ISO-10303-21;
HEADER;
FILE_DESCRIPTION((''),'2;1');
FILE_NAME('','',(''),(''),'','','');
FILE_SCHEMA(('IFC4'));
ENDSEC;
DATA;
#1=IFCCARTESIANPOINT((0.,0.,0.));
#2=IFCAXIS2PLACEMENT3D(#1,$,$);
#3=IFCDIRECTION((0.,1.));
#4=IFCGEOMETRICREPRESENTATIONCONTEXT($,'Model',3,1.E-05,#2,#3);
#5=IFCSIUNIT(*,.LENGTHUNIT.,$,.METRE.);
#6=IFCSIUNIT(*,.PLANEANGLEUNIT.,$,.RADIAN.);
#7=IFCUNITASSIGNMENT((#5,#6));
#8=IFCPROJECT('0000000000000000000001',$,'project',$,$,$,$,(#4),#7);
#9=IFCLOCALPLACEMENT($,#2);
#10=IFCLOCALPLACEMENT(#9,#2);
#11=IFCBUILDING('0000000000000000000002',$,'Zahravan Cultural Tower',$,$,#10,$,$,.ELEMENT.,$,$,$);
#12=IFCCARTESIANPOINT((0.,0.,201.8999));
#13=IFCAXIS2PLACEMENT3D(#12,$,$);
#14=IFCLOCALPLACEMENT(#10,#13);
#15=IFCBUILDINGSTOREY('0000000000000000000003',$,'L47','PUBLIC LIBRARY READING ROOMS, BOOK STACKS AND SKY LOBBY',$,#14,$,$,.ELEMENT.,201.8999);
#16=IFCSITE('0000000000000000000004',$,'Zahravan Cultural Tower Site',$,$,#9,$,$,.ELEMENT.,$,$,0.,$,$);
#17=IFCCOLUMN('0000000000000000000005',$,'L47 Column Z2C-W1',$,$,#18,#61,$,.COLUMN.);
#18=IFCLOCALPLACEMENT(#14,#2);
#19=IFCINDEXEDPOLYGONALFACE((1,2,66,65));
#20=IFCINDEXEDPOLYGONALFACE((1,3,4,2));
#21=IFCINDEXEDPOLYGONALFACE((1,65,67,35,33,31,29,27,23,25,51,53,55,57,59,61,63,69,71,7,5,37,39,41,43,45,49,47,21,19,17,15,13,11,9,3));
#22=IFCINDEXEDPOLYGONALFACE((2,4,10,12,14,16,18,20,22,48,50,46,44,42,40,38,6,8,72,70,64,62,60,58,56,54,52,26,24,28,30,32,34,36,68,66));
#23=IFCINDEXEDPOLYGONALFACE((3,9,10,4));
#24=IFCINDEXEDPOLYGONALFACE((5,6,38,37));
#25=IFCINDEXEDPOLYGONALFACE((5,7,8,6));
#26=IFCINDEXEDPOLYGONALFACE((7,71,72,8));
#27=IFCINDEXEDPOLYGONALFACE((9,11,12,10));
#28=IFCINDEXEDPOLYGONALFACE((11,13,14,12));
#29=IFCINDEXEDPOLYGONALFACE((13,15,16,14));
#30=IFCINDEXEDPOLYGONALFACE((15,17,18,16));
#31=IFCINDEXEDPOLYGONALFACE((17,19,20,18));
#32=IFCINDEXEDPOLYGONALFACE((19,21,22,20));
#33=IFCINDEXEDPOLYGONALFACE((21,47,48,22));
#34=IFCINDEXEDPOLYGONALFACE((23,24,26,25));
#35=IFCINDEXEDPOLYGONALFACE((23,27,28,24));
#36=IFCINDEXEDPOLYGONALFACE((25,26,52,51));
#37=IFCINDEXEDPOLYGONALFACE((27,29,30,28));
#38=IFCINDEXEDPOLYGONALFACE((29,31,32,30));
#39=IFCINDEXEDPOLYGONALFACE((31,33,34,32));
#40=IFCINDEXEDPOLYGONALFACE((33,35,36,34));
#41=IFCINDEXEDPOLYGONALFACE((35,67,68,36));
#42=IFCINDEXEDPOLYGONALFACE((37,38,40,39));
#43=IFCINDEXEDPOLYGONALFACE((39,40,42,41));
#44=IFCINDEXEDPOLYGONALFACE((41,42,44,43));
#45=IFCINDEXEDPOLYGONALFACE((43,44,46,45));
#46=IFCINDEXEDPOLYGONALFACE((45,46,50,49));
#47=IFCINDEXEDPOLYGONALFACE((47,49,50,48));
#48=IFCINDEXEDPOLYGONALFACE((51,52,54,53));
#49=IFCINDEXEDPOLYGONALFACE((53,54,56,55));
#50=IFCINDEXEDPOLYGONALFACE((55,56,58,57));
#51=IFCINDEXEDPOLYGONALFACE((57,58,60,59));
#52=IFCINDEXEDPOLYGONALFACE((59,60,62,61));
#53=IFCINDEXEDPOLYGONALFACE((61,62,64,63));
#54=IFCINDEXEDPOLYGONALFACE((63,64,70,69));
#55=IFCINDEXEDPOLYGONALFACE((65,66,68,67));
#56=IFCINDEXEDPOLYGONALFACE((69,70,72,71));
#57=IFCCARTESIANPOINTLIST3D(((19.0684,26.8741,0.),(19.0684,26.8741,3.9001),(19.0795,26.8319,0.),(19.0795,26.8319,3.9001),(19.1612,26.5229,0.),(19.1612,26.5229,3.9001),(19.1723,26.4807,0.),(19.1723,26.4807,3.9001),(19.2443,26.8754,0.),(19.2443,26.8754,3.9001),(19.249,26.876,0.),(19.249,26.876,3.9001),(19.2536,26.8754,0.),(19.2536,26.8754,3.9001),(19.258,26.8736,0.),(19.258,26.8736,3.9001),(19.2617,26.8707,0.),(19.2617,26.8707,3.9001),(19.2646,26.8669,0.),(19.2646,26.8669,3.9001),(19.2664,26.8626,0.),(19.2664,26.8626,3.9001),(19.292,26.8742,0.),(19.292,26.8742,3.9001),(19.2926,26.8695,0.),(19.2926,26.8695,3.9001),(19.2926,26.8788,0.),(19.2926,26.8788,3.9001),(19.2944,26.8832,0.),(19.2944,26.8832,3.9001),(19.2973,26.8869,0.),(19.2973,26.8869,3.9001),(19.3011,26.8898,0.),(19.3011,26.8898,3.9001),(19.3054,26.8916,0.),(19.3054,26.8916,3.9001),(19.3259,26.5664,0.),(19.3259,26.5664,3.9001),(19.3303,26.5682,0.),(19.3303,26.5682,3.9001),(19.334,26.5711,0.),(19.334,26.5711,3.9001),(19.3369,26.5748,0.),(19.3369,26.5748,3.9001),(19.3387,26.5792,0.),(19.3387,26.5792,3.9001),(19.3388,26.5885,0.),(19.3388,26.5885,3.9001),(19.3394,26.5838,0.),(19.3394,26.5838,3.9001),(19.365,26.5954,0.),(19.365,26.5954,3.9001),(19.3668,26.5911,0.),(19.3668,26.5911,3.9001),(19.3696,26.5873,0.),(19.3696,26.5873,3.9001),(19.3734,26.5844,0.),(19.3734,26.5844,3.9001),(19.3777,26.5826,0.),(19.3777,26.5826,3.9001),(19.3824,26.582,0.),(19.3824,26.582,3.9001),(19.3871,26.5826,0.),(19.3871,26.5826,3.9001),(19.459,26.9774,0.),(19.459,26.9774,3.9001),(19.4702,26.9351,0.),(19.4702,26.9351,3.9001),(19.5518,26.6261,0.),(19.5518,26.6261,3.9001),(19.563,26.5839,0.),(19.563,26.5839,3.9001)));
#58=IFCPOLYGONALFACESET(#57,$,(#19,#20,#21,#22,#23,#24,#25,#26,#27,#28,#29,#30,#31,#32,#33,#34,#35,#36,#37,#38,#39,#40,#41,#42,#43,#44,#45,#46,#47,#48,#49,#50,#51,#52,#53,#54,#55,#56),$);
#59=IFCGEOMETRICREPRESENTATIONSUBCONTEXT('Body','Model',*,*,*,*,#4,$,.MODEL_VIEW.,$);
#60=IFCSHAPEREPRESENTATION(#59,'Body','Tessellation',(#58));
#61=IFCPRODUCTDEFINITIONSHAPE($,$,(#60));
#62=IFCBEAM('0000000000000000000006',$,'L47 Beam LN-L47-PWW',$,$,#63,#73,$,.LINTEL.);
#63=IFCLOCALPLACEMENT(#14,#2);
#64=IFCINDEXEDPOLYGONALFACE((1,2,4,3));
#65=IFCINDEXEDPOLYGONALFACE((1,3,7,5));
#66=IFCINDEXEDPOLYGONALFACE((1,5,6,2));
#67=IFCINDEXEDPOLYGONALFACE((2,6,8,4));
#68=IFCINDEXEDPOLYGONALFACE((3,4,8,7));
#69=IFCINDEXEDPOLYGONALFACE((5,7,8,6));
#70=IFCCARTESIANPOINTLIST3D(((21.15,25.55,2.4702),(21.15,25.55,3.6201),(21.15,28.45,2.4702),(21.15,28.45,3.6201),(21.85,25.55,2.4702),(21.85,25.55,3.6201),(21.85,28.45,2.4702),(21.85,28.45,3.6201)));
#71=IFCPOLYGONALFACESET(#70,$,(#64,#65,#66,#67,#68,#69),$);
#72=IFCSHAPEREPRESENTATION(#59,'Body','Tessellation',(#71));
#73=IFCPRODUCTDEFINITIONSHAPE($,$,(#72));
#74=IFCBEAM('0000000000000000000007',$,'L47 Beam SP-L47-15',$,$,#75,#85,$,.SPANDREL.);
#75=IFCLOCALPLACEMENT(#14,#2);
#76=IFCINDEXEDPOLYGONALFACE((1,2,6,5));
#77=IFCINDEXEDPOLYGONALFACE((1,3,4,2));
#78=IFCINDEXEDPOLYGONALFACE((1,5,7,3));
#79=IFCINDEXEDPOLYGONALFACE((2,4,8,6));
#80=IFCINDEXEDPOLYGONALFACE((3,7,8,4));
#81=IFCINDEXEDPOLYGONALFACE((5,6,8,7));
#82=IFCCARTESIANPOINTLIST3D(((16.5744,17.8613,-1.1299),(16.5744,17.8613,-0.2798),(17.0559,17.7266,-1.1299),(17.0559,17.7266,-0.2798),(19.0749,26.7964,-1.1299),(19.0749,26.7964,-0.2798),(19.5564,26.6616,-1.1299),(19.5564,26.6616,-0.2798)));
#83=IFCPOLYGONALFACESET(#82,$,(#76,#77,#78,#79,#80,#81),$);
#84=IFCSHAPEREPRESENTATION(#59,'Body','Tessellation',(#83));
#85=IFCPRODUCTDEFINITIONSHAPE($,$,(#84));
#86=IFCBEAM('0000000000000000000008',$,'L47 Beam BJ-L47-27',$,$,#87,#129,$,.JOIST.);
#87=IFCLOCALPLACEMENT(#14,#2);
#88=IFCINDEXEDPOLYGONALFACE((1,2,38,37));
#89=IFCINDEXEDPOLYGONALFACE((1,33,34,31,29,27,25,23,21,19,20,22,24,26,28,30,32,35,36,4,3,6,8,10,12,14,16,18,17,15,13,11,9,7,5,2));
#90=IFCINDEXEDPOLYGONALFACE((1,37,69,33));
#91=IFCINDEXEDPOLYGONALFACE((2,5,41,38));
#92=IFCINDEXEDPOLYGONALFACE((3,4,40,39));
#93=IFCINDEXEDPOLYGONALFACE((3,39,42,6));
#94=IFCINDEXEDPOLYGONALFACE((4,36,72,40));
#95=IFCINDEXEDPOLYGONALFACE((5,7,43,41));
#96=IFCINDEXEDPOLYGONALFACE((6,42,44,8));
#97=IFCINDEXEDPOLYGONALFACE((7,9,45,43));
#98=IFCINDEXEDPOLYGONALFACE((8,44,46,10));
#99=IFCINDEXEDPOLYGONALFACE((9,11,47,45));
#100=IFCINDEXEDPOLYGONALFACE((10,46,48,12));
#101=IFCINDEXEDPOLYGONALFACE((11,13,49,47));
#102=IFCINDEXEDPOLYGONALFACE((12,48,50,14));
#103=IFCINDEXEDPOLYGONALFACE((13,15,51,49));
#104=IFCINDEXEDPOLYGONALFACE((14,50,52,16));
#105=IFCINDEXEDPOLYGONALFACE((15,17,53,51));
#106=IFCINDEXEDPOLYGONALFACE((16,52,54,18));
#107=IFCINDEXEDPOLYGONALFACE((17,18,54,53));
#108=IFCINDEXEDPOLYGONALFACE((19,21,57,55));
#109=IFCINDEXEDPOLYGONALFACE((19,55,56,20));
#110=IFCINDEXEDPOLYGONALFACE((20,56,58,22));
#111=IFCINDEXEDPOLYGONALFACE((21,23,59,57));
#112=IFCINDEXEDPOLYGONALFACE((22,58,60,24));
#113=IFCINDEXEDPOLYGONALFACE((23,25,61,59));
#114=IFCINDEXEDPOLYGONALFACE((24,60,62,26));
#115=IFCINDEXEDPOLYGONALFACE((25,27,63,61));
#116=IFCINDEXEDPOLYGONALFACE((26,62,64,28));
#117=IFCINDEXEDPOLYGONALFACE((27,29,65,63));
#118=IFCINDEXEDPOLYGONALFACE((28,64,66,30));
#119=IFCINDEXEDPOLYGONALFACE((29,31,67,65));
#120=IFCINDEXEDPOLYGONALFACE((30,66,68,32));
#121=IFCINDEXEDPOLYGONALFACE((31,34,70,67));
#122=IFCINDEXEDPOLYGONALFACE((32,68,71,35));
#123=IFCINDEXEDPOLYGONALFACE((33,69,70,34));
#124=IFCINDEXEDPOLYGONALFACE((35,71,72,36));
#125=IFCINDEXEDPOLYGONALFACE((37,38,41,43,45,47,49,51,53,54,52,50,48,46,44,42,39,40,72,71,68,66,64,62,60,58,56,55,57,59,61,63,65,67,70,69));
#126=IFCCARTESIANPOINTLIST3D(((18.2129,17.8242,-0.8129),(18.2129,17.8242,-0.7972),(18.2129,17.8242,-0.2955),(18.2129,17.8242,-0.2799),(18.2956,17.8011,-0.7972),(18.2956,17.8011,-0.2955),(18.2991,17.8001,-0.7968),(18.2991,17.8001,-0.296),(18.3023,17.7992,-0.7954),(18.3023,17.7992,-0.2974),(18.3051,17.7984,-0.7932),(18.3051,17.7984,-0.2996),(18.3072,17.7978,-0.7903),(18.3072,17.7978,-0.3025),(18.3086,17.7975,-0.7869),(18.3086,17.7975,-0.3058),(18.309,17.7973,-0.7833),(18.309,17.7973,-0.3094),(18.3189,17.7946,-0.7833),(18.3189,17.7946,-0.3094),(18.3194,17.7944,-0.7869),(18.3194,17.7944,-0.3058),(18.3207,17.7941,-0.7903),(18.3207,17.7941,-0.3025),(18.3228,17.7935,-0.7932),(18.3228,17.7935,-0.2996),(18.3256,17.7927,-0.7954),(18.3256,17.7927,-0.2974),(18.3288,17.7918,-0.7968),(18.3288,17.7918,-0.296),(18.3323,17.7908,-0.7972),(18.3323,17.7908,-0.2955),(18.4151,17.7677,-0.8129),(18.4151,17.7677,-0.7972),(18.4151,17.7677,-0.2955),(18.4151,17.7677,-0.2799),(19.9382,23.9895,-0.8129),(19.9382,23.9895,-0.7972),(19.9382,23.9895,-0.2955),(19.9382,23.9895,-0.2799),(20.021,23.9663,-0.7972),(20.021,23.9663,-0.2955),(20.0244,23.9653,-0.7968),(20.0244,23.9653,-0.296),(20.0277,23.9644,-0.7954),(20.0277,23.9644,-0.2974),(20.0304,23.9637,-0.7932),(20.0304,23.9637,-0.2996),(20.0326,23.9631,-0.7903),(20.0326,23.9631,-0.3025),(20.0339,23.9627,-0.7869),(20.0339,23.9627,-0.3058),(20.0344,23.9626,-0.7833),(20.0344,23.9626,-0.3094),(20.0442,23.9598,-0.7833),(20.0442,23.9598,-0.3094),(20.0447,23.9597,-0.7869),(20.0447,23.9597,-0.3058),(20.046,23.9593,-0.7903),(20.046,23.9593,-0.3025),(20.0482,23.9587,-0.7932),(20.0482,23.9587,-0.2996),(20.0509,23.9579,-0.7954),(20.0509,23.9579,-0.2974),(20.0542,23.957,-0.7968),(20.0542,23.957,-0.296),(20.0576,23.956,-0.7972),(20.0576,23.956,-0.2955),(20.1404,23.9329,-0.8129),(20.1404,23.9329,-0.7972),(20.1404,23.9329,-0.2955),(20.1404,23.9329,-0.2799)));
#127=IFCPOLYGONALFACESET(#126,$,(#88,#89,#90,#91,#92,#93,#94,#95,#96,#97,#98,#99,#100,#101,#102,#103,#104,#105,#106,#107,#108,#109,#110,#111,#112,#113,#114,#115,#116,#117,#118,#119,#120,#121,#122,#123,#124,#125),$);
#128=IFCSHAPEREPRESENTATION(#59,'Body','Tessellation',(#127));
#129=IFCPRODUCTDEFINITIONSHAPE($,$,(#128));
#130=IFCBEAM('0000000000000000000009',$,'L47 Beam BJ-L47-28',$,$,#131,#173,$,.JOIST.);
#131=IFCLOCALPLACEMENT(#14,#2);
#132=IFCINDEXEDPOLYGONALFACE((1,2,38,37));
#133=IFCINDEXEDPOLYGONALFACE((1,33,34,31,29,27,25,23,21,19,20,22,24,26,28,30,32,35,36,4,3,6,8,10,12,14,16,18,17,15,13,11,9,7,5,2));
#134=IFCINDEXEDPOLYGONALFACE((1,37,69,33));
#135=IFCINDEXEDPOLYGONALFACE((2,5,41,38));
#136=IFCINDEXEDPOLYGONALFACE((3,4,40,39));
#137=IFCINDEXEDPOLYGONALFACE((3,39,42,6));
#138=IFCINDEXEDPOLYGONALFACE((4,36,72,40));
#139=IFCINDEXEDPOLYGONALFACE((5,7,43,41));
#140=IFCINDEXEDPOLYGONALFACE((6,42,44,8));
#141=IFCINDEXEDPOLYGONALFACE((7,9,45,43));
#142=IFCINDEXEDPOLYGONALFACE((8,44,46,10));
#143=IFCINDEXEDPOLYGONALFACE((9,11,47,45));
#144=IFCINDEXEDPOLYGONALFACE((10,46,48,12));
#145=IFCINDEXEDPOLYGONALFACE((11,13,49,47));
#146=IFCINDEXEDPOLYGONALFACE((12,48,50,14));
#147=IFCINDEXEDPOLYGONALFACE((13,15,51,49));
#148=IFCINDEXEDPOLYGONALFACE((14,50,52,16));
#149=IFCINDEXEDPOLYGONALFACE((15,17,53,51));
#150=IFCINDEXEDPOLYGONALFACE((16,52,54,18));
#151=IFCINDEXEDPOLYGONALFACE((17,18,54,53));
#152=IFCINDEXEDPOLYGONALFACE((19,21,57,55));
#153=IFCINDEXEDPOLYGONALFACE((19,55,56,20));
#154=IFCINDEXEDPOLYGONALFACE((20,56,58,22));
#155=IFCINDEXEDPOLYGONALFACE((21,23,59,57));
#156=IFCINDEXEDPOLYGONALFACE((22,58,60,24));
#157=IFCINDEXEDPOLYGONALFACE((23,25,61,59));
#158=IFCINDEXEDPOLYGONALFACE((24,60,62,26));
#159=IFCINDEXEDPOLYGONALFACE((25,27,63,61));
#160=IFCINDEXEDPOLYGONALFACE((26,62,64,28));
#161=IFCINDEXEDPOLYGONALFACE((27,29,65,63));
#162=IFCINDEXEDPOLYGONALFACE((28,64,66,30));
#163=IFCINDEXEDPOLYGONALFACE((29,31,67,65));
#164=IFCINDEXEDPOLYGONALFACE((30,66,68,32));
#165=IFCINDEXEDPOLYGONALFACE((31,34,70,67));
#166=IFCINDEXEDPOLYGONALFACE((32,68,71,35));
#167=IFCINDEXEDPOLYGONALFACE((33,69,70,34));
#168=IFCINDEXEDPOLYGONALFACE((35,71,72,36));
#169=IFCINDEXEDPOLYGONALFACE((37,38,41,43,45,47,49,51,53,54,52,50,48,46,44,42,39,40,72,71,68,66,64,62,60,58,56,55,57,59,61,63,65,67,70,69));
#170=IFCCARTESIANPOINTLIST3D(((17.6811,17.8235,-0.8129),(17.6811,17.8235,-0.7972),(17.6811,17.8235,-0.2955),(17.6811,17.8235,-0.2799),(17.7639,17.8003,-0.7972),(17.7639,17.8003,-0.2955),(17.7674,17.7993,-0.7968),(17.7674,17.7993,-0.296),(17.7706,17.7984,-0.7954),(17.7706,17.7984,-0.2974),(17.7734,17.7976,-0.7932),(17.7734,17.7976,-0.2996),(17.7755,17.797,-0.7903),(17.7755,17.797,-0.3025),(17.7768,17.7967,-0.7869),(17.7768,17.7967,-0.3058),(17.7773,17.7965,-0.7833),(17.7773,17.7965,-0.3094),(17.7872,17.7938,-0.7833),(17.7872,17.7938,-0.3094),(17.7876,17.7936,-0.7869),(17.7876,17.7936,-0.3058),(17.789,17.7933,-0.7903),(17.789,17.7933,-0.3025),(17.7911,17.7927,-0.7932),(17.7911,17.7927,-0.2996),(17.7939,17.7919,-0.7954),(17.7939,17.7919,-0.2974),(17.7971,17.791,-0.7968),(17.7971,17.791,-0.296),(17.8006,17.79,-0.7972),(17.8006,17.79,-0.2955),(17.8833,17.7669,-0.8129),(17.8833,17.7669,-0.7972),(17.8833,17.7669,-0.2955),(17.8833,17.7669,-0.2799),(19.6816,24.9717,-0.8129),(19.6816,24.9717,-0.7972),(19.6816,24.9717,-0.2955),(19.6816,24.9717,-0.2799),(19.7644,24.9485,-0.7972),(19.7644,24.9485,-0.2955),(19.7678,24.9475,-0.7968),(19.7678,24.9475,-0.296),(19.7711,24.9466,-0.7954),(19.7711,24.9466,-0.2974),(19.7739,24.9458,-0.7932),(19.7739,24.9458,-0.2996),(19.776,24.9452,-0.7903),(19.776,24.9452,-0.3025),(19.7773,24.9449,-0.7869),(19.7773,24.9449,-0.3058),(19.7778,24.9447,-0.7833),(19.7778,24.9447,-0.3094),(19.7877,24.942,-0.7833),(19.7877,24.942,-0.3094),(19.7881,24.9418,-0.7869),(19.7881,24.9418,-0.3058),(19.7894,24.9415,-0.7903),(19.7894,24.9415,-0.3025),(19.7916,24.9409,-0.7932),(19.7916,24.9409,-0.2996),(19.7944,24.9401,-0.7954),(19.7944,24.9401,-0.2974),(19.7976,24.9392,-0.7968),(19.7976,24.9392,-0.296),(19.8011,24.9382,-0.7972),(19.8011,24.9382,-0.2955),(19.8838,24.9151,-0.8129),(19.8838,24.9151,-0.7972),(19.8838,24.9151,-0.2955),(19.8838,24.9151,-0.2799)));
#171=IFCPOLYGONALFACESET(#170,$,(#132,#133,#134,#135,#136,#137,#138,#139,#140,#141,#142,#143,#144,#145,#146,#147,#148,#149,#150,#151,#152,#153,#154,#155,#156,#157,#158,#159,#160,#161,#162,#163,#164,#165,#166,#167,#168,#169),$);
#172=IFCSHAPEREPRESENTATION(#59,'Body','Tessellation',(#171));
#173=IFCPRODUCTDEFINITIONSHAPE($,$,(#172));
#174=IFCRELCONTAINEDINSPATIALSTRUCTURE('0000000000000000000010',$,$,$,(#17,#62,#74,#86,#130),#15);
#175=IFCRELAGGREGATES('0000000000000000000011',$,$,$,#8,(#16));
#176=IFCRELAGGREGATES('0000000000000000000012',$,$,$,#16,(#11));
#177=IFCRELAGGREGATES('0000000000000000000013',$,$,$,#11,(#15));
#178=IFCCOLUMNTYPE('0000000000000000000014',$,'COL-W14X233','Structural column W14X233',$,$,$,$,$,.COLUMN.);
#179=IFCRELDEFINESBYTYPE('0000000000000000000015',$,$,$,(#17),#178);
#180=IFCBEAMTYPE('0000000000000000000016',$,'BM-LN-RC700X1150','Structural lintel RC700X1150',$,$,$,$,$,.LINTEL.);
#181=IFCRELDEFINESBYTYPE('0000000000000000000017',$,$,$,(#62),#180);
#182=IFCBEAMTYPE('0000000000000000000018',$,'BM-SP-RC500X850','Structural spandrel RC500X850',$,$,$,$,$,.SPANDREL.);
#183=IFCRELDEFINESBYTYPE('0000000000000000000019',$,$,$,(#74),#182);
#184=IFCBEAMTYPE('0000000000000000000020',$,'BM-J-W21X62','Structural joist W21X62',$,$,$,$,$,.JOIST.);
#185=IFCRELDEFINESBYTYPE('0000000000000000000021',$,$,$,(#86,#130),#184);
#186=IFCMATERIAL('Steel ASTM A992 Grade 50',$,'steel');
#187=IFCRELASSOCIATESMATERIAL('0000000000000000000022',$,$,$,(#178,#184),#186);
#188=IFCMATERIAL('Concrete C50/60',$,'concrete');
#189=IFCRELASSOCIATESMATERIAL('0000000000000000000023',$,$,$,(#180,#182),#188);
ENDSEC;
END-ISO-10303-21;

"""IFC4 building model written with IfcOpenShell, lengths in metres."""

from ifc_helpers import new_model, si_unit, direction, frame, origin, origin_2d, place, context, subcontext, project, spatial, rectangle, i_section, extrude, source, transform, mapped, material, material_profile, profile_set, type_object, element, save


model = new_model("IFC4")

# Units and contexts
model_context = context("Model", 3, precision=1e-05, world=origin(), true_north=direction((0.0, 1.0)))
body_context = subcontext(model_context, "Body", "Model", "MODEL_VIEW")
ifc_project = project(units=[si_unit("LENGTHUNIT", "METRE"), si_unit("PLANEANGLEUNIT", "RADIAN")], contexts=[model_context])

# Site, building, storey
site_placement = place(None, origin())
site = spatial("IfcSite", under=ifc_project, at=site_placement, Name="Zahravan Cultural Tower Site", CompositionType="ELEMENT", RefElevation=0.0)
building_placement = place(site_placement, origin())
building = spatial("IfcBuilding", under=site, at=building_placement, Name="Zahravan Cultural Tower", CompositionType="ELEMENT")
storey_placement = place(building_placement, frame((0.0, 0.0, 201.8999)))
storey = spatial("IfcBuildingStorey", under=building, at=storey_placement, Name="L47", Description="PUBLIC LIBRARY READING ROOMS, BOOK STACKS AND SKY LOBBY", CompositionType="ELEMENT", Elevation=201.8999)

# Column
ifc_material_1 = material(Name="Steel ASTM A992 Grade 50", Category="steel")
ifc_material_profile_1 = material_profile(ifc_material_1, i_section(OverallWidth=0.4041, OverallDepth=0.407, WebThickness=0.0271, FlangeThickness=0.0437, FilletRadius=0.0181, at=origin_2d()), Name="W14X233")
ifc_profile_set_1 = profile_set([ifc_material_profile_1], Name="Steel ASTM A992 Grade 50")
column_type = type_object("IfcColumnType", Name="COL-W14X233", Description="Structural column W14X233", PredefinedType="COLUMN", material=ifc_profile_set_1)
shared_shape_1 = source(origin(), body_context, "Body", "SweptSolid", [
    extrude(i_section(OverallWidth=0.4041, OverallDepth=0.407, WebThickness=0.0271, FlangeThickness=0.0437, FilletRadius=0.0181, at=origin_2d()), origin(), (0.0, 0.0, 1.0), 3.9001),
])
column_placement = place(storey_placement, frame((19.3157, 26.729, 0.0), z_axis=(0.0, 0.0, 1.0), x_axis=(0.966823, 0.255446, 0.0)))
element("IfcColumn", 1, at=column_placement, inside=storey, type_object=column_type, Name="L47 Column Z2C-W1", PredefinedType="COLUMN", context=body_context, shape_type="MappedRepresentation", body=[
    mapped(shared_shape_1, transform((0.0, 0.0, 0.0), x_axis=(1.0, 0.0, 0.0), y_axis=(0.0, 1.0, 0.0), z_axis=(0.0, 0.0, 1.0), scale=1.0)),
])

# Beams
ifc_material_2 = material(Name="Concrete C50/60", Category="concrete")
ifc_material_profile_2 = material_profile(ifc_material_2, rectangle(XDim=0.7, YDim=1.1499, at=origin_2d()), Name="RC700X1150")
ifc_profile_set_2 = profile_set([ifc_material_profile_2], Name="Concrete C50/60")
beam_type_1 = type_object("IfcBeamType", Name="BM-LN-RC700X1150", Description="Structural lintel RC700X1150", PredefinedType="LINTEL", material=ifc_profile_set_2)
shared_shape_2 = source(origin(), body_context, "Body", "SweptSolid", [
    extrude(rectangle(XDim=0.7, YDim=1.1499, at=origin_2d()), origin(), (0.0, 0.0, 1.0), 2.8999),
])
beam_1_placement = place(storey_placement, frame((21.5, 25.55, 3.0452), z_axis=(0.0, 1.0, 0.0), x_axis=(-1.0, 0.0, 0.0)))
element("IfcBeam", 2, at=beam_1_placement, inside=storey, type_object=beam_type_1, Name="L47 Beam LN-L47-PWW", PredefinedType="LINTEL", context=body_context, shape_type="MappedRepresentation", body=[
    mapped(shared_shape_2, transform((0.0, 0.0, 0.0), x_axis=(1.0, 0.0, 0.0), y_axis=(0.0, 1.0, 0.0), z_axis=(0.0, 0.0, 1.0), scale=1.0)),
])
ifc_material_profile_3 = material_profile(ifc_material_2, rectangle(XDim=0.5, YDim=0.8501, at=origin_2d()), Name="RC500X850")
ifc_profile_set_3 = profile_set([ifc_material_profile_3], Name="Concrete C50/60")
beam_type_2 = type_object("IfcBeamType", Name="BM-SP-RC500X850", Description="Structural spandrel RC500X850", PredefinedType="SPANDREL", material=ifc_profile_set_3)
shared_shape_3 = source(origin(), body_context, "Body", "SweptSolid", [
    extrude(rectangle(XDim=0.5, YDim=0.8501, at=origin_2d()), origin(), (0.0, 0.0, 1.0), 9.2783),
])
beam_2_placement = place(storey_placement, frame((19.3157, 26.729, -0.7048), z_axis=(-0.269497, -0.963001, 0.0), x_axis=(0.963001, -0.269497, 0.0)))
element("IfcBeam", 3, at=beam_2_placement, inside=storey, type_object=beam_type_2, Name="L47 Beam SP-L47-15", PredefinedType="SPANDREL", context=body_context, shape_type="MappedRepresentation", body=[
    mapped(shared_shape_3, transform((0.0, 0.0, 0.0), x_axis=(1.0, 0.0, 0.0), y_axis=(0.0, 1.0, 0.0), z_axis=(0.0, 0.0, 1.0), scale=1.0)),
])
ifc_material_profile_4 = material_profile(ifc_material_1, i_section(OverallWidth=0.21, OverallDepth=0.533, WebThickness=0.0103, FlangeThickness=0.0156, FilletRadius=0.0139, at=origin_2d()), Name="W21X62")
ifc_profile_set_4 = profile_set([ifc_material_profile_4], Name="Steel ASTM A992 Grade 50")
beam_type_3 = type_object("IfcBeamType", Name="BM-J-W21X62", Description="Structural joist W21X62", PredefinedType="JOIST", material=ifc_profile_set_4)
shared_shape_4 = source(origin(), body_context, "Body", "SweptSolid", [
    extrude(i_section(OverallWidth=0.21, OverallDepth=0.533, WebThickness=0.0103, FlangeThickness=0.0156, FilletRadius=0.0139, at=origin_2d()), origin(), (0.0, 0.0, 1.0), 6.4021),
])
beam_3_placement = place(storey_placement, frame((20.0393, 23.9612, -0.5464), z_axis=(-0.269494, -0.963002, 0.0), x_axis=(0.963002, -0.269494, 0.0)))
element("IfcBeam", 4, at=beam_3_placement, inside=storey, type_object=beam_type_3, Name="L47 Beam BJ-L47-27", PredefinedType="JOIST", context=body_context, shape_type="MappedRepresentation", body=[
    mapped(shared_shape_4, transform((0.0, 0.0, 0.0), x_axis=(1.0, 0.0, 0.0), y_axis=(0.0, 1.0, 0.0), z_axis=(0.0, 0.0, 1.0), scale=1.0)),
])
shared_shape_5 = source(origin(), body_context, "Body", "SweptSolid", [
    extrude(i_section(OverallWidth=0.21, OverallDepth=0.533, WebThickness=0.0103, FlangeThickness=0.0156, FilletRadius=0.0139, at=origin_2d()), origin(), (0.0, 0.0, 1.0), 7.4229),
])
beam_4_placement = place(storey_placement, frame((19.7827, 24.9434, -0.5464), z_axis=(-0.269504, -0.962999, 0.0), x_axis=(0.962999, -0.269504, 0.0)))
element("IfcBeam", 5, at=beam_4_placement, inside=storey, type_object=beam_type_3, Name="L47 Beam BJ-L47-28", PredefinedType="JOIST", context=body_context, shape_type="MappedRepresentation", body=[
    mapped(shared_shape_5, transform((0.0, 0.0, 0.0), x_axis=(1.0, 0.0, 0.0), y_axis=(0.0, 1.0, 0.0), z_axis=(0.0, 0.0, 1.0), scale=1.0)),
])

save(model, "model.ifc")
